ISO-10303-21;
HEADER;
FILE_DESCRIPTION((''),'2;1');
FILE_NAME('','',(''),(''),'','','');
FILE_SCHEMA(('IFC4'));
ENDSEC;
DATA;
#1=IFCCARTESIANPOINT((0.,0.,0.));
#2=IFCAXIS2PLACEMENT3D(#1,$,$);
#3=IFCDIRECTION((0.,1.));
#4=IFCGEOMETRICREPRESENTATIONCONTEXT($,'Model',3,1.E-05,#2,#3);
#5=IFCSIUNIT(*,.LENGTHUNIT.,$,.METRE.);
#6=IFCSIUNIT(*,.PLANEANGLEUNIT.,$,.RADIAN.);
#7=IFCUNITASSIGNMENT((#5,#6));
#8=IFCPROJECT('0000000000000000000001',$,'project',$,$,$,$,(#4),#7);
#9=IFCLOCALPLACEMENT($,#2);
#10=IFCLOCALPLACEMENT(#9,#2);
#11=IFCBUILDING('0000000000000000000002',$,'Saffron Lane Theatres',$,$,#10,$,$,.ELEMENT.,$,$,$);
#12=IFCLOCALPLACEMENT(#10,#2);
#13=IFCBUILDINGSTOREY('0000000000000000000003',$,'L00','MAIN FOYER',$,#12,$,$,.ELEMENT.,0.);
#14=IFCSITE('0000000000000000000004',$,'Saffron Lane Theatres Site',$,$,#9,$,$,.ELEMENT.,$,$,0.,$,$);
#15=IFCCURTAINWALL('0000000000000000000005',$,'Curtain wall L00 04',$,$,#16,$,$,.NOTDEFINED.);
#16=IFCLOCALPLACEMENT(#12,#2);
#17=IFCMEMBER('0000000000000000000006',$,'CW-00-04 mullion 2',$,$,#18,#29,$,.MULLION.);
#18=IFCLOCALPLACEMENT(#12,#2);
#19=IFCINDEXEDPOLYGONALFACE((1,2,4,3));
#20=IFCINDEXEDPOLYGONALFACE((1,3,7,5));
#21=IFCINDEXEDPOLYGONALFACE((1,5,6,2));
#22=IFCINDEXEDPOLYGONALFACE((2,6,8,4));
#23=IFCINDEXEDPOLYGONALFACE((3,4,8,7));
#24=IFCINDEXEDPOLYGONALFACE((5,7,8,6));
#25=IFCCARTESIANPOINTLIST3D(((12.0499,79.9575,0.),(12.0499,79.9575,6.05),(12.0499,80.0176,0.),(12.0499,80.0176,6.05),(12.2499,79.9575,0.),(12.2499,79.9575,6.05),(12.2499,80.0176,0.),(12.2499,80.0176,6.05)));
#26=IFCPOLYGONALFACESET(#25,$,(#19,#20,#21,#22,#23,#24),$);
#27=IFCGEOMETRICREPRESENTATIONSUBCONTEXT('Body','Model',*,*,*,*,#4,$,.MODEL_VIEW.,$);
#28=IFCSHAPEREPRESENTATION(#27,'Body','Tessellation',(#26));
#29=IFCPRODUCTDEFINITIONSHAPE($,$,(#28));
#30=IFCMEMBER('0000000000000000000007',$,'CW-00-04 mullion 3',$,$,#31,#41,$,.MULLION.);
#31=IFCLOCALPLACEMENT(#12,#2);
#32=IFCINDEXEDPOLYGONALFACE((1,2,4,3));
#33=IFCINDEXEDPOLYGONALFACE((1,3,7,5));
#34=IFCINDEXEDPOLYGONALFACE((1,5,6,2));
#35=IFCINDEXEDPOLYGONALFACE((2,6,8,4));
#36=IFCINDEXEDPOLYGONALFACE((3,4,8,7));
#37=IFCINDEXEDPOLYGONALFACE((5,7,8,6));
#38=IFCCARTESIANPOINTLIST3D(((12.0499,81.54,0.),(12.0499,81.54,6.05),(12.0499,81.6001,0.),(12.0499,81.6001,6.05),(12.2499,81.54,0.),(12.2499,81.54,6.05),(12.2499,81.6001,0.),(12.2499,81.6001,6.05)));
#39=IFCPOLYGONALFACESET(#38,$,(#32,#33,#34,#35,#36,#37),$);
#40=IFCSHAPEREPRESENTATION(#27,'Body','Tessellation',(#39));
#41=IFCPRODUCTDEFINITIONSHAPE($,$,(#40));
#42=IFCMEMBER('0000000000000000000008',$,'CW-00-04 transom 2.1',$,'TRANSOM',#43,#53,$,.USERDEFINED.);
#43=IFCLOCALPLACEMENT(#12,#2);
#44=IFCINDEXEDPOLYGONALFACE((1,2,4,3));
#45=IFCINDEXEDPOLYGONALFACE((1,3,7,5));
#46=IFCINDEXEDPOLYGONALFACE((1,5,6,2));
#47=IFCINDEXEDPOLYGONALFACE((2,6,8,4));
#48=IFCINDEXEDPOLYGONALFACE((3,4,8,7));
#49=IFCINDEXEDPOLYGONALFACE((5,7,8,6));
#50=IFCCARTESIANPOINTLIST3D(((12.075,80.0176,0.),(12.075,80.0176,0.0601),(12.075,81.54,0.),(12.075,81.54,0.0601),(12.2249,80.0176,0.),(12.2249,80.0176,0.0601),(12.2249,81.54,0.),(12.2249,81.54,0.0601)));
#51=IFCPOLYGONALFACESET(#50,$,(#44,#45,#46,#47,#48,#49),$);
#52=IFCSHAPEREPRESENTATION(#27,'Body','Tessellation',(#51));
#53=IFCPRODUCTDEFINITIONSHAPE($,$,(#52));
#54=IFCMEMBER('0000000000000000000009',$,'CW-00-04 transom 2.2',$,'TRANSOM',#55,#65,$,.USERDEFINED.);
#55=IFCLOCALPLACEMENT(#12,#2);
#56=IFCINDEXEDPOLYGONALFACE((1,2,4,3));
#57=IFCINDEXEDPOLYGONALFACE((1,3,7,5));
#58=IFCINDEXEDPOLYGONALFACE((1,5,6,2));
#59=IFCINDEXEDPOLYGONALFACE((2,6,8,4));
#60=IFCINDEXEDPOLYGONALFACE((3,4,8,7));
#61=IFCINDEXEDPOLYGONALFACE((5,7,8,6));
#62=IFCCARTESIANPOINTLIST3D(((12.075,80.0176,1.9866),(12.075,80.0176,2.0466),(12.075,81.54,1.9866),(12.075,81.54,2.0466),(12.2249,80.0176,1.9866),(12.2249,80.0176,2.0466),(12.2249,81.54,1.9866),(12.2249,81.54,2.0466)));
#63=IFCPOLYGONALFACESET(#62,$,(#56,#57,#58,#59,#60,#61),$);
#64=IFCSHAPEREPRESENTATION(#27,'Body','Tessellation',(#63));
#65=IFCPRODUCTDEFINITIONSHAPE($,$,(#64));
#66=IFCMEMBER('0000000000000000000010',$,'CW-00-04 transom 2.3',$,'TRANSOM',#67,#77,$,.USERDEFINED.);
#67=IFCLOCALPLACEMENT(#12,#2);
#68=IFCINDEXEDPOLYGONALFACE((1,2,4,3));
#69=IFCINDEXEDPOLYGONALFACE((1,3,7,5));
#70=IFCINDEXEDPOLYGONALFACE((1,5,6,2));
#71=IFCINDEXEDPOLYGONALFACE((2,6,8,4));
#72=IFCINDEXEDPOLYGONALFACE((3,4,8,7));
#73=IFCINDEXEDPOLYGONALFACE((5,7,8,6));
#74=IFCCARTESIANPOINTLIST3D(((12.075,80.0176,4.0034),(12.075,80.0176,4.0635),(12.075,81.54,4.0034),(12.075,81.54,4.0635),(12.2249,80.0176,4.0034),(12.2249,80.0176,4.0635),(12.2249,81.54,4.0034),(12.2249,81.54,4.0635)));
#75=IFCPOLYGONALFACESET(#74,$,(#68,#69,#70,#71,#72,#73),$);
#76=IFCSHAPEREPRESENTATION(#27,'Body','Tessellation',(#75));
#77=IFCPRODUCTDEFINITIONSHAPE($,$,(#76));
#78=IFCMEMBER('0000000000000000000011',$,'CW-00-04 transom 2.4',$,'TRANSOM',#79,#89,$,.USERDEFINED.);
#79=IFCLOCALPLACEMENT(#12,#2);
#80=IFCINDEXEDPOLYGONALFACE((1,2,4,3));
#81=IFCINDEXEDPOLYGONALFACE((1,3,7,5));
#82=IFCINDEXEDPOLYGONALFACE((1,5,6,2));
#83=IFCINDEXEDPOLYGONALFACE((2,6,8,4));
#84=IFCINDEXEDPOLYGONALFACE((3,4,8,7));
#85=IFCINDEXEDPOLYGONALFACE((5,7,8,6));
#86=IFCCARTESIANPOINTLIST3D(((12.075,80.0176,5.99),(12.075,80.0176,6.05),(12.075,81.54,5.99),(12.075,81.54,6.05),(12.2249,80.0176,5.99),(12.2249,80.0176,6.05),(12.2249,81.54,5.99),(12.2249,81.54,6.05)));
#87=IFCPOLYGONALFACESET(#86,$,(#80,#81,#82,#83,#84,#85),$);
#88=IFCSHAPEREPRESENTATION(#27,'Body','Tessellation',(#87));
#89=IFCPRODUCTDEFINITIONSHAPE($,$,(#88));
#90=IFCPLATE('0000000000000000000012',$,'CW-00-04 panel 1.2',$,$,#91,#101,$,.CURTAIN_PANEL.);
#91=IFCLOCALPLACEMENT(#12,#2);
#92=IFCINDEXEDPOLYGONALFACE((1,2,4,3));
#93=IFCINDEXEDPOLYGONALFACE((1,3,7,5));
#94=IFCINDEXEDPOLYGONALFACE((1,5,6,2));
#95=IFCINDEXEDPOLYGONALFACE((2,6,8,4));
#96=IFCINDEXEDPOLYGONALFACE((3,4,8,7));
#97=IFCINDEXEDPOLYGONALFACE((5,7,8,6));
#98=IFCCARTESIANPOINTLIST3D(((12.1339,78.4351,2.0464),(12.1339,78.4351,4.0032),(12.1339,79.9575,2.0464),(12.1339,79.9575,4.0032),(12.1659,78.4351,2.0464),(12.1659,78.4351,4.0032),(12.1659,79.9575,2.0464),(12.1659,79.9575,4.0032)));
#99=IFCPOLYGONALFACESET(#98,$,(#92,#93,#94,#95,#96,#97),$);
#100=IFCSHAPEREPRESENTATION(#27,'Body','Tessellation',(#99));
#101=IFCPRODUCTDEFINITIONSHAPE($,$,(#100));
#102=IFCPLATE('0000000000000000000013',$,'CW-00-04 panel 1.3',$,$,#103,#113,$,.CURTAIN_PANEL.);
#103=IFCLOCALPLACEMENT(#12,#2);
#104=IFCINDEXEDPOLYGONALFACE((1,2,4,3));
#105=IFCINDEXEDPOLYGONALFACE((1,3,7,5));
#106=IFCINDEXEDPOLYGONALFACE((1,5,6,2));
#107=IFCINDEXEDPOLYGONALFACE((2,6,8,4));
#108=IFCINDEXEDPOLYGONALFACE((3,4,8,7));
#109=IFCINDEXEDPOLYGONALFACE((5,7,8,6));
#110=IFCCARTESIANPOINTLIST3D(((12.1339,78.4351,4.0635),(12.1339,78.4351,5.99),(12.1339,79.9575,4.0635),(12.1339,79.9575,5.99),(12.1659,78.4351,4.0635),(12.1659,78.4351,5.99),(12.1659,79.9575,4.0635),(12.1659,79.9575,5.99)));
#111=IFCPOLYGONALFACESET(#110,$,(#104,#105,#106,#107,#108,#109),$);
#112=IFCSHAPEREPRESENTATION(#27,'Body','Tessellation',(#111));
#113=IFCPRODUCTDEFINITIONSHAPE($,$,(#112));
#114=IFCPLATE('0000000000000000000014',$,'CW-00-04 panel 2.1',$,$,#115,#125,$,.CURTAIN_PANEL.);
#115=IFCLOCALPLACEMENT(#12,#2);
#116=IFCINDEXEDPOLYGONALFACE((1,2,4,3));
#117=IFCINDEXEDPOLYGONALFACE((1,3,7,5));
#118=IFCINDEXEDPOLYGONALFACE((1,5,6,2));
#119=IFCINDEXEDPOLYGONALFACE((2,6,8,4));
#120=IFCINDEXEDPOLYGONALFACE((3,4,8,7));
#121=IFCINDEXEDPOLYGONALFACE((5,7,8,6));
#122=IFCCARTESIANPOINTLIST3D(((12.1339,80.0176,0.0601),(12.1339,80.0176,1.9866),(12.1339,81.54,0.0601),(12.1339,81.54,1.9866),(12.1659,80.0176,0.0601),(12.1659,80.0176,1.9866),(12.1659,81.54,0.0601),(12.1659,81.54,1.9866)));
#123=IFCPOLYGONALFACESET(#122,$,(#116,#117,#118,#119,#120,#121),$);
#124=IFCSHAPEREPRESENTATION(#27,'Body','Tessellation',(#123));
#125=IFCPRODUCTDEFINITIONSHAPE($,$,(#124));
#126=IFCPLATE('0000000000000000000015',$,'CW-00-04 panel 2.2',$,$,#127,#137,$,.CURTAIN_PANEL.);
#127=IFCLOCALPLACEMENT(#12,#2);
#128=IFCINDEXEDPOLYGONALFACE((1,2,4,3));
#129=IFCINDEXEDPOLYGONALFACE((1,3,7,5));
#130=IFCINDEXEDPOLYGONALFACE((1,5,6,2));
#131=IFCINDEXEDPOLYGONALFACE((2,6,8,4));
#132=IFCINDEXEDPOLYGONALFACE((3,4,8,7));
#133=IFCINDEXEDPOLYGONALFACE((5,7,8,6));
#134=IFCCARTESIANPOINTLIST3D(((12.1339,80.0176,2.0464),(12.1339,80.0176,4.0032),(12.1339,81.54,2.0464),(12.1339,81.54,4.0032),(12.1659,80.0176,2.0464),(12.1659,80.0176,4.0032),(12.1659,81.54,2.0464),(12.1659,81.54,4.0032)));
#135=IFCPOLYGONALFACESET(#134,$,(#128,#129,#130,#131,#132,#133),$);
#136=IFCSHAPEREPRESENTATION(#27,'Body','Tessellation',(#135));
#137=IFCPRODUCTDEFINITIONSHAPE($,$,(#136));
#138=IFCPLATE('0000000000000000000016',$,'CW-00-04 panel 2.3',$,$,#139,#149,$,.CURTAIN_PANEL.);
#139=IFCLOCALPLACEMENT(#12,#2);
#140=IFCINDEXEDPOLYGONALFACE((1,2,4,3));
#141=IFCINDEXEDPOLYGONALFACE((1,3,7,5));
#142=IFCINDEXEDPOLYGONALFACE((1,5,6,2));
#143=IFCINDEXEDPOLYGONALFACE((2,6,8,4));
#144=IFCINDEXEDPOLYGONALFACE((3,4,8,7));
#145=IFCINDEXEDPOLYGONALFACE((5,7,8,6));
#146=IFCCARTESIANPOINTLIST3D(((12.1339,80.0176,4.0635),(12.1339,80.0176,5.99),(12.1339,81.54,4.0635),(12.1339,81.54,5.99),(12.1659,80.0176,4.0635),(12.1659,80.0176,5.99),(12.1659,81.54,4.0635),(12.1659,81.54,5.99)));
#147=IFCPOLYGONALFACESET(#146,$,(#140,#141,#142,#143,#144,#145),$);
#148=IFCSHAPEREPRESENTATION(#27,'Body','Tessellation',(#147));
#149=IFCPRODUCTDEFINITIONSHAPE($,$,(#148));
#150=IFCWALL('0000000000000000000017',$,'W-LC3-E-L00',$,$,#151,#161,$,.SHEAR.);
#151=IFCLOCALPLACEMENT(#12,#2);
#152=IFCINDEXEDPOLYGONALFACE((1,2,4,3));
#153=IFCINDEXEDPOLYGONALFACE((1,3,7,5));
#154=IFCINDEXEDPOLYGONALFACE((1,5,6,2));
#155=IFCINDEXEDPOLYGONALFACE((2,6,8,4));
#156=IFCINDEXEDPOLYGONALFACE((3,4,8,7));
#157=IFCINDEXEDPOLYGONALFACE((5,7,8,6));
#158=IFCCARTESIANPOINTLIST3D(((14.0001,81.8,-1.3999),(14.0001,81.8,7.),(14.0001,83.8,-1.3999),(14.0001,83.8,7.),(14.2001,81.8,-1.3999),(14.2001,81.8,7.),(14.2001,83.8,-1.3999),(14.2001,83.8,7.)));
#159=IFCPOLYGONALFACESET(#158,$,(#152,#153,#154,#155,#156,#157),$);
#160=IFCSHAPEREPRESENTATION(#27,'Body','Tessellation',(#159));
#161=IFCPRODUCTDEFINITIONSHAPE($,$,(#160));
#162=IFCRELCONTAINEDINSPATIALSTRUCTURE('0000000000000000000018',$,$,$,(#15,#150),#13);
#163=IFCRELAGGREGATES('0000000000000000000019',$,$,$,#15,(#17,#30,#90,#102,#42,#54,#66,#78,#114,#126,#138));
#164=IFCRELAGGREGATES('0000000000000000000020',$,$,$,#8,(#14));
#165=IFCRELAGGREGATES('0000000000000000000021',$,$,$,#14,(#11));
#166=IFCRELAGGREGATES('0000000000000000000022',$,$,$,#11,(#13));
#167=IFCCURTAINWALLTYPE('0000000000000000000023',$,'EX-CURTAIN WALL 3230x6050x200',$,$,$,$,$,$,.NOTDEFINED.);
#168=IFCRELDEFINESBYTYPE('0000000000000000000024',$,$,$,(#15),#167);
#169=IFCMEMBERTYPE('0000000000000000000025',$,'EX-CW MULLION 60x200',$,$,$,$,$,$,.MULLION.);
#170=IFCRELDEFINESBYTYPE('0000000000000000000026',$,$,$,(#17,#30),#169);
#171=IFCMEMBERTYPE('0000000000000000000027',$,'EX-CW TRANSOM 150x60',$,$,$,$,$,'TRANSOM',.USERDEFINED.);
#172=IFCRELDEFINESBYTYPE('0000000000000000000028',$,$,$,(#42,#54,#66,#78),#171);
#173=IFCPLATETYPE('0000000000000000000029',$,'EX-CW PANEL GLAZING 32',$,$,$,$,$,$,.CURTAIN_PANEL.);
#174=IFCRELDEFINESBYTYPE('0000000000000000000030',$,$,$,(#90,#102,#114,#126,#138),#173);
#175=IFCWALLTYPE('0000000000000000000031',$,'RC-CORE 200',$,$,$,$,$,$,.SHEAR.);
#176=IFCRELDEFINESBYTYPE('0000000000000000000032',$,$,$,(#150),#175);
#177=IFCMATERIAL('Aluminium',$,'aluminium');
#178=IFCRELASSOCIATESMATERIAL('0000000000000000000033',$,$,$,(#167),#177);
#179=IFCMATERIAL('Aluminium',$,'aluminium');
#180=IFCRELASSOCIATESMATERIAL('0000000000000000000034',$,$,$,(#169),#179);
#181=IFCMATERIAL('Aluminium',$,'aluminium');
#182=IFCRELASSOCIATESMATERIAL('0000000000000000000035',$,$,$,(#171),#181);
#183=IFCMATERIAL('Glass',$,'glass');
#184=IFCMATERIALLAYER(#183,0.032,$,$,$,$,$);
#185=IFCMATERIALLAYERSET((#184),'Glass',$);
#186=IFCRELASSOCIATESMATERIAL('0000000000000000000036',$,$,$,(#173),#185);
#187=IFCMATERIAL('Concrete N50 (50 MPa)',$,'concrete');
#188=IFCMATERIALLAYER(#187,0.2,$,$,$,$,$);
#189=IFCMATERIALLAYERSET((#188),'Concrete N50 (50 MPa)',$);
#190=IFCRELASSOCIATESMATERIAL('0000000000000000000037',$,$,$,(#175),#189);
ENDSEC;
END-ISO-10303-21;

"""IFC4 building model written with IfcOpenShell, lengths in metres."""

from ifc_helpers import new_model, si_unit, direction, frame, frame_2d, origin, origin_2d, place, context, subcontext, project, spatial, rectangle, extrude, material, layer, layer_set, material_profile, profile_set, type_object, element, aggregate, save


model = new_model("IFC4")

# Units and contexts
model_context = context("Model", 3, precision=1e-05, world=origin(), true_north=direction((0.0, 1.0)))
body_context = subcontext(model_context, "Body", "Model", "MODEL_VIEW")
ifc_project = project(units=[si_unit("LENGTHUNIT", "METRE"), si_unit("PLANEANGLEUNIT", "RADIAN")], contexts=[model_context])

# Site, building, storey
site_placement = place(None, origin())
site = spatial("IfcSite", under=ifc_project, at=site_placement, Name="Saffron Lane Theatres Site", CompositionType="ELEMENT", RefElevation=0.0)
building_placement = place(site_placement, origin())
building = spatial("IfcBuilding", under=site, at=building_placement, Name="Saffron Lane Theatres", CompositionType="ELEMENT")
storey_placement = place(building_placement, origin())
storey = spatial("IfcBuildingStorey", under=building, at=storey_placement, Name="L00", Description="MAIN FOYER", CompositionType="ELEMENT", Elevation=0.0)

# Curtain wall, members, plates
ifc_material_1 = material(Name="Aluminium", Category="aluminium")
curtain_wall_type = type_object("IfcCurtainWallType", Name="EX-CURTAIN WALL 3230x6050x200", PredefinedType="NOTDEFINED", material=ifc_material_1)
curtain_wall_placement = place(storey_placement, origin())
curtain_wall = element("IfcCurtainWall", 1, at=curtain_wall_placement, inside=storey, type_object=curtain_wall_type, Name="Curtain wall L00 04", PredefinedType="NOTDEFINED")
ifc_material_2 = material(Name="Aluminium", Category="aluminium")
ifc_material_profile_1 = material_profile(ifc_material_2, rectangle(XDim=0.0601, YDim=0.2, at=origin_2d()))
ifc_profile_set_1 = profile_set([ifc_material_profile_1], Name="Aluminium")
member_type_1 = type_object("IfcMemberType", Name="EX-CW MULLION 60x200", PredefinedType="MULLION", material=ifc_profile_set_1)
member_1_placement = place(storey_placement, frame((12.1499, 79.9875, 0.0), z_axis=(0.0, 0.0, 1.0), x_axis=(0.0, 1.0, 0.0)))
member_1 = element("IfcMember", 2, at=member_1_placement, type_object=member_type_1, Name="CW-00-04 mullion 2", PredefinedType="MULLION", context=body_context, shape_type="SweptSolid", body=[
    extrude(rectangle(XDim=0.0601, YDim=0.2, at=origin_2d()), origin(), (0.0, 0.0, 1.0), 6.05),
])
member_2_placement = place(storey_placement, frame((12.1499, 81.5701, 0.0), z_axis=(0.0, 0.0, 1.0), x_axis=(0.0, 1.0, 0.0)))
member_2 = element("IfcMember", 3, at=member_2_placement, type_object=member_type_1, Name="CW-00-04 mullion 3", PredefinedType="MULLION", context=body_context, shape_type="SweptSolid", body=[
    extrude(rectangle(XDim=0.0601, YDim=0.2, at=origin_2d()), origin(), (0.0, 0.0, 1.0), 6.05),
])
ifc_material_3 = material(Name="Aluminium", Category="aluminium")
ifc_material_profile_2 = material_profile(ifc_material_3, rectangle(XDim=0.1499, YDim=0.0601, at=origin_2d()))
ifc_profile_set_2 = profile_set([ifc_material_profile_2], Name="Aluminium")
member_type_2 = type_object("IfcMemberType", Name="EX-CW TRANSOM 150x60", ElementType="TRANSOM", PredefinedType="USERDEFINED", material=ifc_profile_set_2)
member_3_placement = place(storey_placement, frame((12.1499, 80.0176, 0.03), z_axis=(0.0, 1.0, 0.0), x_axis=(-1.0, 0.0, 0.0)))
member_3 = element("IfcMember", 4, at=member_3_placement, type_object=member_type_2, Name="CW-00-04 transom 2.1", ObjectType="TRANSOM", PredefinedType="USERDEFINED", context=body_context, shape_type="SweptSolid", body=[
    extrude(rectangle(XDim=0.1499, YDim=0.0601, at=origin_2d()), origin(), (0.0, 0.0, 1.0), 1.5225),
])
member_4_placement = place(storey_placement, frame((12.1499, 80.0176, 2.0166), z_axis=(0.0, 1.0, 0.0), x_axis=(-1.0, 0.0, 0.0)))
member_4 = element("IfcMember", 5, at=member_4_placement, type_object=member_type_2, Name="CW-00-04 transom 2.2", ObjectType="TRANSOM", PredefinedType="USERDEFINED", context=body_context, shape_type="SweptSolid", body=[
    extrude(rectangle(XDim=0.1499, YDim=0.0601, at=origin_2d()), origin(), (0.0, 0.0, 1.0), 1.5225),
])
member_5_placement = place(storey_placement, frame((12.1499, 80.0176, 4.0334), z_axis=(0.0, 1.0, 0.0), x_axis=(-1.0, 0.0, 0.0)))
member_5 = element("IfcMember", 6, at=member_5_placement, type_object=member_type_2, Name="CW-00-04 transom 2.3", ObjectType="TRANSOM", PredefinedType="USERDEFINED", context=body_context, shape_type="SweptSolid", body=[
    extrude(rectangle(XDim=0.1499, YDim=0.0601, at=origin_2d()), origin(), (0.0, 0.0, 1.0), 1.5225),
])
member_6_placement = place(storey_placement, frame((12.1499, 80.0176, 6.02), z_axis=(0.0, 1.0, 0.0), x_axis=(-1.0, 0.0, 0.0)))
member_6 = element("IfcMember", 7, at=member_6_placement, type_object=member_type_2, Name="CW-00-04 transom 2.4", ObjectType="TRANSOM", PredefinedType="USERDEFINED", context=body_context, shape_type="SweptSolid", body=[
    extrude(rectangle(XDim=0.1499, YDim=0.0601, at=origin_2d()), origin(), (0.0, 0.0, 1.0), 1.5225),
])
ifc_material_4 = material(Name="Glass", Category="glass")
ifc_layer_1 = layer(ifc_material_4, 0.032)
ifc_layer_set_1 = layer_set([ifc_layer_1], Name="Glass")
plate_type = type_object("IfcPlateType", Name="EX-CW PANEL GLAZING 32", PredefinedType="CURTAIN_PANEL", material=ifc_layer_set_1)
plate_1_placement = place(storey_placement, frame((12.1499, 79.1963, 2.0464), z_axis=(0.0, 0.0, 1.0), x_axis=(0.0, 1.0, 0.0)))
plate_1 = element("IfcPlate", 8, at=plate_1_placement, type_object=plate_type, Name="CW-00-04 panel 1.2", PredefinedType="CURTAIN_PANEL", context=body_context, shape_type="SweptSolid", body=[
    extrude(rectangle(XDim=1.5225, YDim=0.032, at=origin_2d()), origin(), (0.0, 0.0, 1.0), 1.9568),
])
plate_2_placement = place(storey_placement, frame((12.1499, 79.1963, 4.0635), z_axis=(0.0, 0.0, 1.0), x_axis=(0.0, 1.0, 0.0)))
plate_2 = element("IfcPlate", 9, at=plate_2_placement, type_object=plate_type, Name="CW-00-04 panel 1.3", PredefinedType="CURTAIN_PANEL", context=body_context, shape_type="SweptSolid", body=[
    extrude(rectangle(XDim=1.5225, YDim=0.032, at=origin_2d()), origin(), (0.0, 0.0, 1.0), 1.9265),
])
plate_3_placement = place(storey_placement, frame((12.1499, 80.7788, 0.0601), z_axis=(0.0, 0.0, 1.0), x_axis=(0.0, 1.0, 0.0)))
plate_3 = element("IfcPlate", 10, at=plate_3_placement, type_object=plate_type, Name="CW-00-04 panel 2.1", PredefinedType="CURTAIN_PANEL", context=body_context, shape_type="SweptSolid", body=[
    extrude(rectangle(XDim=1.5225, YDim=0.032, at=origin_2d()), origin(), (0.0, 0.0, 1.0), 1.9265),
])
plate_4_placement = place(storey_placement, frame((12.1499, 80.7788, 2.0464), z_axis=(0.0, 0.0, 1.0), x_axis=(0.0, 1.0, 0.0)))
plate_4 = element("IfcPlate", 11, at=plate_4_placement, type_object=plate_type, Name="CW-00-04 panel 2.2", PredefinedType="CURTAIN_PANEL", context=body_context, shape_type="SweptSolid", body=[
    extrude(rectangle(XDim=1.5225, YDim=0.032, at=origin_2d()), origin(), (0.0, 0.0, 1.0), 1.9568),
])
plate_5_placement = place(storey_placement, frame((12.1499, 80.7788, 4.0635), z_axis=(0.0, 0.0, 1.0), x_axis=(0.0, 1.0, 0.0)))
plate_5 = element("IfcPlate", 12, at=plate_5_placement, type_object=plate_type, Name="CW-00-04 panel 2.3", PredefinedType="CURTAIN_PANEL", context=body_context, shape_type="SweptSolid", body=[
    extrude(rectangle(XDim=1.5225, YDim=0.032, at=origin_2d()), origin(), (0.0, 0.0, 1.0), 1.9265),
])
aggregate(curtain_wall, [member_1, member_2, plate_1, plate_2, member_3, member_4, member_5, member_6, plate_3, plate_4, plate_5])

# Wall
ifc_material_5 = material(Name="Concrete N50 (50 MPa)", Category="concrete")
ifc_layer_2 = layer(ifc_material_5, 0.2)
ifc_layer_set_2 = layer_set([ifc_layer_2], Name="Concrete N50 (50 MPa)")
wall_type = type_object("IfcWallType", Name="RC-CORE 200", PredefinedType="SHEAR", material=ifc_layer_set_2)
wall_placement = place(storey_placement, frame((14.1001, 81.8, -1.3999), z_axis=(0.0, 0.0, 1.0), x_axis=(0.0, 1.0, 0.0)))
element("IfcWall", 13, at=wall_placement, inside=storey, type_object=wall_type, Name="W-LC3-E-L00", PredefinedType="SHEAR", context=body_context, shape_type="SweptSolid", body=[
    extrude(rectangle(XDim=2.0, YDim=0.2, at=frame_2d((1.0, 0.0))), origin(), (0.0, 0.0, 1.0), 8.3999),
])

save(model, "model.ifc")
